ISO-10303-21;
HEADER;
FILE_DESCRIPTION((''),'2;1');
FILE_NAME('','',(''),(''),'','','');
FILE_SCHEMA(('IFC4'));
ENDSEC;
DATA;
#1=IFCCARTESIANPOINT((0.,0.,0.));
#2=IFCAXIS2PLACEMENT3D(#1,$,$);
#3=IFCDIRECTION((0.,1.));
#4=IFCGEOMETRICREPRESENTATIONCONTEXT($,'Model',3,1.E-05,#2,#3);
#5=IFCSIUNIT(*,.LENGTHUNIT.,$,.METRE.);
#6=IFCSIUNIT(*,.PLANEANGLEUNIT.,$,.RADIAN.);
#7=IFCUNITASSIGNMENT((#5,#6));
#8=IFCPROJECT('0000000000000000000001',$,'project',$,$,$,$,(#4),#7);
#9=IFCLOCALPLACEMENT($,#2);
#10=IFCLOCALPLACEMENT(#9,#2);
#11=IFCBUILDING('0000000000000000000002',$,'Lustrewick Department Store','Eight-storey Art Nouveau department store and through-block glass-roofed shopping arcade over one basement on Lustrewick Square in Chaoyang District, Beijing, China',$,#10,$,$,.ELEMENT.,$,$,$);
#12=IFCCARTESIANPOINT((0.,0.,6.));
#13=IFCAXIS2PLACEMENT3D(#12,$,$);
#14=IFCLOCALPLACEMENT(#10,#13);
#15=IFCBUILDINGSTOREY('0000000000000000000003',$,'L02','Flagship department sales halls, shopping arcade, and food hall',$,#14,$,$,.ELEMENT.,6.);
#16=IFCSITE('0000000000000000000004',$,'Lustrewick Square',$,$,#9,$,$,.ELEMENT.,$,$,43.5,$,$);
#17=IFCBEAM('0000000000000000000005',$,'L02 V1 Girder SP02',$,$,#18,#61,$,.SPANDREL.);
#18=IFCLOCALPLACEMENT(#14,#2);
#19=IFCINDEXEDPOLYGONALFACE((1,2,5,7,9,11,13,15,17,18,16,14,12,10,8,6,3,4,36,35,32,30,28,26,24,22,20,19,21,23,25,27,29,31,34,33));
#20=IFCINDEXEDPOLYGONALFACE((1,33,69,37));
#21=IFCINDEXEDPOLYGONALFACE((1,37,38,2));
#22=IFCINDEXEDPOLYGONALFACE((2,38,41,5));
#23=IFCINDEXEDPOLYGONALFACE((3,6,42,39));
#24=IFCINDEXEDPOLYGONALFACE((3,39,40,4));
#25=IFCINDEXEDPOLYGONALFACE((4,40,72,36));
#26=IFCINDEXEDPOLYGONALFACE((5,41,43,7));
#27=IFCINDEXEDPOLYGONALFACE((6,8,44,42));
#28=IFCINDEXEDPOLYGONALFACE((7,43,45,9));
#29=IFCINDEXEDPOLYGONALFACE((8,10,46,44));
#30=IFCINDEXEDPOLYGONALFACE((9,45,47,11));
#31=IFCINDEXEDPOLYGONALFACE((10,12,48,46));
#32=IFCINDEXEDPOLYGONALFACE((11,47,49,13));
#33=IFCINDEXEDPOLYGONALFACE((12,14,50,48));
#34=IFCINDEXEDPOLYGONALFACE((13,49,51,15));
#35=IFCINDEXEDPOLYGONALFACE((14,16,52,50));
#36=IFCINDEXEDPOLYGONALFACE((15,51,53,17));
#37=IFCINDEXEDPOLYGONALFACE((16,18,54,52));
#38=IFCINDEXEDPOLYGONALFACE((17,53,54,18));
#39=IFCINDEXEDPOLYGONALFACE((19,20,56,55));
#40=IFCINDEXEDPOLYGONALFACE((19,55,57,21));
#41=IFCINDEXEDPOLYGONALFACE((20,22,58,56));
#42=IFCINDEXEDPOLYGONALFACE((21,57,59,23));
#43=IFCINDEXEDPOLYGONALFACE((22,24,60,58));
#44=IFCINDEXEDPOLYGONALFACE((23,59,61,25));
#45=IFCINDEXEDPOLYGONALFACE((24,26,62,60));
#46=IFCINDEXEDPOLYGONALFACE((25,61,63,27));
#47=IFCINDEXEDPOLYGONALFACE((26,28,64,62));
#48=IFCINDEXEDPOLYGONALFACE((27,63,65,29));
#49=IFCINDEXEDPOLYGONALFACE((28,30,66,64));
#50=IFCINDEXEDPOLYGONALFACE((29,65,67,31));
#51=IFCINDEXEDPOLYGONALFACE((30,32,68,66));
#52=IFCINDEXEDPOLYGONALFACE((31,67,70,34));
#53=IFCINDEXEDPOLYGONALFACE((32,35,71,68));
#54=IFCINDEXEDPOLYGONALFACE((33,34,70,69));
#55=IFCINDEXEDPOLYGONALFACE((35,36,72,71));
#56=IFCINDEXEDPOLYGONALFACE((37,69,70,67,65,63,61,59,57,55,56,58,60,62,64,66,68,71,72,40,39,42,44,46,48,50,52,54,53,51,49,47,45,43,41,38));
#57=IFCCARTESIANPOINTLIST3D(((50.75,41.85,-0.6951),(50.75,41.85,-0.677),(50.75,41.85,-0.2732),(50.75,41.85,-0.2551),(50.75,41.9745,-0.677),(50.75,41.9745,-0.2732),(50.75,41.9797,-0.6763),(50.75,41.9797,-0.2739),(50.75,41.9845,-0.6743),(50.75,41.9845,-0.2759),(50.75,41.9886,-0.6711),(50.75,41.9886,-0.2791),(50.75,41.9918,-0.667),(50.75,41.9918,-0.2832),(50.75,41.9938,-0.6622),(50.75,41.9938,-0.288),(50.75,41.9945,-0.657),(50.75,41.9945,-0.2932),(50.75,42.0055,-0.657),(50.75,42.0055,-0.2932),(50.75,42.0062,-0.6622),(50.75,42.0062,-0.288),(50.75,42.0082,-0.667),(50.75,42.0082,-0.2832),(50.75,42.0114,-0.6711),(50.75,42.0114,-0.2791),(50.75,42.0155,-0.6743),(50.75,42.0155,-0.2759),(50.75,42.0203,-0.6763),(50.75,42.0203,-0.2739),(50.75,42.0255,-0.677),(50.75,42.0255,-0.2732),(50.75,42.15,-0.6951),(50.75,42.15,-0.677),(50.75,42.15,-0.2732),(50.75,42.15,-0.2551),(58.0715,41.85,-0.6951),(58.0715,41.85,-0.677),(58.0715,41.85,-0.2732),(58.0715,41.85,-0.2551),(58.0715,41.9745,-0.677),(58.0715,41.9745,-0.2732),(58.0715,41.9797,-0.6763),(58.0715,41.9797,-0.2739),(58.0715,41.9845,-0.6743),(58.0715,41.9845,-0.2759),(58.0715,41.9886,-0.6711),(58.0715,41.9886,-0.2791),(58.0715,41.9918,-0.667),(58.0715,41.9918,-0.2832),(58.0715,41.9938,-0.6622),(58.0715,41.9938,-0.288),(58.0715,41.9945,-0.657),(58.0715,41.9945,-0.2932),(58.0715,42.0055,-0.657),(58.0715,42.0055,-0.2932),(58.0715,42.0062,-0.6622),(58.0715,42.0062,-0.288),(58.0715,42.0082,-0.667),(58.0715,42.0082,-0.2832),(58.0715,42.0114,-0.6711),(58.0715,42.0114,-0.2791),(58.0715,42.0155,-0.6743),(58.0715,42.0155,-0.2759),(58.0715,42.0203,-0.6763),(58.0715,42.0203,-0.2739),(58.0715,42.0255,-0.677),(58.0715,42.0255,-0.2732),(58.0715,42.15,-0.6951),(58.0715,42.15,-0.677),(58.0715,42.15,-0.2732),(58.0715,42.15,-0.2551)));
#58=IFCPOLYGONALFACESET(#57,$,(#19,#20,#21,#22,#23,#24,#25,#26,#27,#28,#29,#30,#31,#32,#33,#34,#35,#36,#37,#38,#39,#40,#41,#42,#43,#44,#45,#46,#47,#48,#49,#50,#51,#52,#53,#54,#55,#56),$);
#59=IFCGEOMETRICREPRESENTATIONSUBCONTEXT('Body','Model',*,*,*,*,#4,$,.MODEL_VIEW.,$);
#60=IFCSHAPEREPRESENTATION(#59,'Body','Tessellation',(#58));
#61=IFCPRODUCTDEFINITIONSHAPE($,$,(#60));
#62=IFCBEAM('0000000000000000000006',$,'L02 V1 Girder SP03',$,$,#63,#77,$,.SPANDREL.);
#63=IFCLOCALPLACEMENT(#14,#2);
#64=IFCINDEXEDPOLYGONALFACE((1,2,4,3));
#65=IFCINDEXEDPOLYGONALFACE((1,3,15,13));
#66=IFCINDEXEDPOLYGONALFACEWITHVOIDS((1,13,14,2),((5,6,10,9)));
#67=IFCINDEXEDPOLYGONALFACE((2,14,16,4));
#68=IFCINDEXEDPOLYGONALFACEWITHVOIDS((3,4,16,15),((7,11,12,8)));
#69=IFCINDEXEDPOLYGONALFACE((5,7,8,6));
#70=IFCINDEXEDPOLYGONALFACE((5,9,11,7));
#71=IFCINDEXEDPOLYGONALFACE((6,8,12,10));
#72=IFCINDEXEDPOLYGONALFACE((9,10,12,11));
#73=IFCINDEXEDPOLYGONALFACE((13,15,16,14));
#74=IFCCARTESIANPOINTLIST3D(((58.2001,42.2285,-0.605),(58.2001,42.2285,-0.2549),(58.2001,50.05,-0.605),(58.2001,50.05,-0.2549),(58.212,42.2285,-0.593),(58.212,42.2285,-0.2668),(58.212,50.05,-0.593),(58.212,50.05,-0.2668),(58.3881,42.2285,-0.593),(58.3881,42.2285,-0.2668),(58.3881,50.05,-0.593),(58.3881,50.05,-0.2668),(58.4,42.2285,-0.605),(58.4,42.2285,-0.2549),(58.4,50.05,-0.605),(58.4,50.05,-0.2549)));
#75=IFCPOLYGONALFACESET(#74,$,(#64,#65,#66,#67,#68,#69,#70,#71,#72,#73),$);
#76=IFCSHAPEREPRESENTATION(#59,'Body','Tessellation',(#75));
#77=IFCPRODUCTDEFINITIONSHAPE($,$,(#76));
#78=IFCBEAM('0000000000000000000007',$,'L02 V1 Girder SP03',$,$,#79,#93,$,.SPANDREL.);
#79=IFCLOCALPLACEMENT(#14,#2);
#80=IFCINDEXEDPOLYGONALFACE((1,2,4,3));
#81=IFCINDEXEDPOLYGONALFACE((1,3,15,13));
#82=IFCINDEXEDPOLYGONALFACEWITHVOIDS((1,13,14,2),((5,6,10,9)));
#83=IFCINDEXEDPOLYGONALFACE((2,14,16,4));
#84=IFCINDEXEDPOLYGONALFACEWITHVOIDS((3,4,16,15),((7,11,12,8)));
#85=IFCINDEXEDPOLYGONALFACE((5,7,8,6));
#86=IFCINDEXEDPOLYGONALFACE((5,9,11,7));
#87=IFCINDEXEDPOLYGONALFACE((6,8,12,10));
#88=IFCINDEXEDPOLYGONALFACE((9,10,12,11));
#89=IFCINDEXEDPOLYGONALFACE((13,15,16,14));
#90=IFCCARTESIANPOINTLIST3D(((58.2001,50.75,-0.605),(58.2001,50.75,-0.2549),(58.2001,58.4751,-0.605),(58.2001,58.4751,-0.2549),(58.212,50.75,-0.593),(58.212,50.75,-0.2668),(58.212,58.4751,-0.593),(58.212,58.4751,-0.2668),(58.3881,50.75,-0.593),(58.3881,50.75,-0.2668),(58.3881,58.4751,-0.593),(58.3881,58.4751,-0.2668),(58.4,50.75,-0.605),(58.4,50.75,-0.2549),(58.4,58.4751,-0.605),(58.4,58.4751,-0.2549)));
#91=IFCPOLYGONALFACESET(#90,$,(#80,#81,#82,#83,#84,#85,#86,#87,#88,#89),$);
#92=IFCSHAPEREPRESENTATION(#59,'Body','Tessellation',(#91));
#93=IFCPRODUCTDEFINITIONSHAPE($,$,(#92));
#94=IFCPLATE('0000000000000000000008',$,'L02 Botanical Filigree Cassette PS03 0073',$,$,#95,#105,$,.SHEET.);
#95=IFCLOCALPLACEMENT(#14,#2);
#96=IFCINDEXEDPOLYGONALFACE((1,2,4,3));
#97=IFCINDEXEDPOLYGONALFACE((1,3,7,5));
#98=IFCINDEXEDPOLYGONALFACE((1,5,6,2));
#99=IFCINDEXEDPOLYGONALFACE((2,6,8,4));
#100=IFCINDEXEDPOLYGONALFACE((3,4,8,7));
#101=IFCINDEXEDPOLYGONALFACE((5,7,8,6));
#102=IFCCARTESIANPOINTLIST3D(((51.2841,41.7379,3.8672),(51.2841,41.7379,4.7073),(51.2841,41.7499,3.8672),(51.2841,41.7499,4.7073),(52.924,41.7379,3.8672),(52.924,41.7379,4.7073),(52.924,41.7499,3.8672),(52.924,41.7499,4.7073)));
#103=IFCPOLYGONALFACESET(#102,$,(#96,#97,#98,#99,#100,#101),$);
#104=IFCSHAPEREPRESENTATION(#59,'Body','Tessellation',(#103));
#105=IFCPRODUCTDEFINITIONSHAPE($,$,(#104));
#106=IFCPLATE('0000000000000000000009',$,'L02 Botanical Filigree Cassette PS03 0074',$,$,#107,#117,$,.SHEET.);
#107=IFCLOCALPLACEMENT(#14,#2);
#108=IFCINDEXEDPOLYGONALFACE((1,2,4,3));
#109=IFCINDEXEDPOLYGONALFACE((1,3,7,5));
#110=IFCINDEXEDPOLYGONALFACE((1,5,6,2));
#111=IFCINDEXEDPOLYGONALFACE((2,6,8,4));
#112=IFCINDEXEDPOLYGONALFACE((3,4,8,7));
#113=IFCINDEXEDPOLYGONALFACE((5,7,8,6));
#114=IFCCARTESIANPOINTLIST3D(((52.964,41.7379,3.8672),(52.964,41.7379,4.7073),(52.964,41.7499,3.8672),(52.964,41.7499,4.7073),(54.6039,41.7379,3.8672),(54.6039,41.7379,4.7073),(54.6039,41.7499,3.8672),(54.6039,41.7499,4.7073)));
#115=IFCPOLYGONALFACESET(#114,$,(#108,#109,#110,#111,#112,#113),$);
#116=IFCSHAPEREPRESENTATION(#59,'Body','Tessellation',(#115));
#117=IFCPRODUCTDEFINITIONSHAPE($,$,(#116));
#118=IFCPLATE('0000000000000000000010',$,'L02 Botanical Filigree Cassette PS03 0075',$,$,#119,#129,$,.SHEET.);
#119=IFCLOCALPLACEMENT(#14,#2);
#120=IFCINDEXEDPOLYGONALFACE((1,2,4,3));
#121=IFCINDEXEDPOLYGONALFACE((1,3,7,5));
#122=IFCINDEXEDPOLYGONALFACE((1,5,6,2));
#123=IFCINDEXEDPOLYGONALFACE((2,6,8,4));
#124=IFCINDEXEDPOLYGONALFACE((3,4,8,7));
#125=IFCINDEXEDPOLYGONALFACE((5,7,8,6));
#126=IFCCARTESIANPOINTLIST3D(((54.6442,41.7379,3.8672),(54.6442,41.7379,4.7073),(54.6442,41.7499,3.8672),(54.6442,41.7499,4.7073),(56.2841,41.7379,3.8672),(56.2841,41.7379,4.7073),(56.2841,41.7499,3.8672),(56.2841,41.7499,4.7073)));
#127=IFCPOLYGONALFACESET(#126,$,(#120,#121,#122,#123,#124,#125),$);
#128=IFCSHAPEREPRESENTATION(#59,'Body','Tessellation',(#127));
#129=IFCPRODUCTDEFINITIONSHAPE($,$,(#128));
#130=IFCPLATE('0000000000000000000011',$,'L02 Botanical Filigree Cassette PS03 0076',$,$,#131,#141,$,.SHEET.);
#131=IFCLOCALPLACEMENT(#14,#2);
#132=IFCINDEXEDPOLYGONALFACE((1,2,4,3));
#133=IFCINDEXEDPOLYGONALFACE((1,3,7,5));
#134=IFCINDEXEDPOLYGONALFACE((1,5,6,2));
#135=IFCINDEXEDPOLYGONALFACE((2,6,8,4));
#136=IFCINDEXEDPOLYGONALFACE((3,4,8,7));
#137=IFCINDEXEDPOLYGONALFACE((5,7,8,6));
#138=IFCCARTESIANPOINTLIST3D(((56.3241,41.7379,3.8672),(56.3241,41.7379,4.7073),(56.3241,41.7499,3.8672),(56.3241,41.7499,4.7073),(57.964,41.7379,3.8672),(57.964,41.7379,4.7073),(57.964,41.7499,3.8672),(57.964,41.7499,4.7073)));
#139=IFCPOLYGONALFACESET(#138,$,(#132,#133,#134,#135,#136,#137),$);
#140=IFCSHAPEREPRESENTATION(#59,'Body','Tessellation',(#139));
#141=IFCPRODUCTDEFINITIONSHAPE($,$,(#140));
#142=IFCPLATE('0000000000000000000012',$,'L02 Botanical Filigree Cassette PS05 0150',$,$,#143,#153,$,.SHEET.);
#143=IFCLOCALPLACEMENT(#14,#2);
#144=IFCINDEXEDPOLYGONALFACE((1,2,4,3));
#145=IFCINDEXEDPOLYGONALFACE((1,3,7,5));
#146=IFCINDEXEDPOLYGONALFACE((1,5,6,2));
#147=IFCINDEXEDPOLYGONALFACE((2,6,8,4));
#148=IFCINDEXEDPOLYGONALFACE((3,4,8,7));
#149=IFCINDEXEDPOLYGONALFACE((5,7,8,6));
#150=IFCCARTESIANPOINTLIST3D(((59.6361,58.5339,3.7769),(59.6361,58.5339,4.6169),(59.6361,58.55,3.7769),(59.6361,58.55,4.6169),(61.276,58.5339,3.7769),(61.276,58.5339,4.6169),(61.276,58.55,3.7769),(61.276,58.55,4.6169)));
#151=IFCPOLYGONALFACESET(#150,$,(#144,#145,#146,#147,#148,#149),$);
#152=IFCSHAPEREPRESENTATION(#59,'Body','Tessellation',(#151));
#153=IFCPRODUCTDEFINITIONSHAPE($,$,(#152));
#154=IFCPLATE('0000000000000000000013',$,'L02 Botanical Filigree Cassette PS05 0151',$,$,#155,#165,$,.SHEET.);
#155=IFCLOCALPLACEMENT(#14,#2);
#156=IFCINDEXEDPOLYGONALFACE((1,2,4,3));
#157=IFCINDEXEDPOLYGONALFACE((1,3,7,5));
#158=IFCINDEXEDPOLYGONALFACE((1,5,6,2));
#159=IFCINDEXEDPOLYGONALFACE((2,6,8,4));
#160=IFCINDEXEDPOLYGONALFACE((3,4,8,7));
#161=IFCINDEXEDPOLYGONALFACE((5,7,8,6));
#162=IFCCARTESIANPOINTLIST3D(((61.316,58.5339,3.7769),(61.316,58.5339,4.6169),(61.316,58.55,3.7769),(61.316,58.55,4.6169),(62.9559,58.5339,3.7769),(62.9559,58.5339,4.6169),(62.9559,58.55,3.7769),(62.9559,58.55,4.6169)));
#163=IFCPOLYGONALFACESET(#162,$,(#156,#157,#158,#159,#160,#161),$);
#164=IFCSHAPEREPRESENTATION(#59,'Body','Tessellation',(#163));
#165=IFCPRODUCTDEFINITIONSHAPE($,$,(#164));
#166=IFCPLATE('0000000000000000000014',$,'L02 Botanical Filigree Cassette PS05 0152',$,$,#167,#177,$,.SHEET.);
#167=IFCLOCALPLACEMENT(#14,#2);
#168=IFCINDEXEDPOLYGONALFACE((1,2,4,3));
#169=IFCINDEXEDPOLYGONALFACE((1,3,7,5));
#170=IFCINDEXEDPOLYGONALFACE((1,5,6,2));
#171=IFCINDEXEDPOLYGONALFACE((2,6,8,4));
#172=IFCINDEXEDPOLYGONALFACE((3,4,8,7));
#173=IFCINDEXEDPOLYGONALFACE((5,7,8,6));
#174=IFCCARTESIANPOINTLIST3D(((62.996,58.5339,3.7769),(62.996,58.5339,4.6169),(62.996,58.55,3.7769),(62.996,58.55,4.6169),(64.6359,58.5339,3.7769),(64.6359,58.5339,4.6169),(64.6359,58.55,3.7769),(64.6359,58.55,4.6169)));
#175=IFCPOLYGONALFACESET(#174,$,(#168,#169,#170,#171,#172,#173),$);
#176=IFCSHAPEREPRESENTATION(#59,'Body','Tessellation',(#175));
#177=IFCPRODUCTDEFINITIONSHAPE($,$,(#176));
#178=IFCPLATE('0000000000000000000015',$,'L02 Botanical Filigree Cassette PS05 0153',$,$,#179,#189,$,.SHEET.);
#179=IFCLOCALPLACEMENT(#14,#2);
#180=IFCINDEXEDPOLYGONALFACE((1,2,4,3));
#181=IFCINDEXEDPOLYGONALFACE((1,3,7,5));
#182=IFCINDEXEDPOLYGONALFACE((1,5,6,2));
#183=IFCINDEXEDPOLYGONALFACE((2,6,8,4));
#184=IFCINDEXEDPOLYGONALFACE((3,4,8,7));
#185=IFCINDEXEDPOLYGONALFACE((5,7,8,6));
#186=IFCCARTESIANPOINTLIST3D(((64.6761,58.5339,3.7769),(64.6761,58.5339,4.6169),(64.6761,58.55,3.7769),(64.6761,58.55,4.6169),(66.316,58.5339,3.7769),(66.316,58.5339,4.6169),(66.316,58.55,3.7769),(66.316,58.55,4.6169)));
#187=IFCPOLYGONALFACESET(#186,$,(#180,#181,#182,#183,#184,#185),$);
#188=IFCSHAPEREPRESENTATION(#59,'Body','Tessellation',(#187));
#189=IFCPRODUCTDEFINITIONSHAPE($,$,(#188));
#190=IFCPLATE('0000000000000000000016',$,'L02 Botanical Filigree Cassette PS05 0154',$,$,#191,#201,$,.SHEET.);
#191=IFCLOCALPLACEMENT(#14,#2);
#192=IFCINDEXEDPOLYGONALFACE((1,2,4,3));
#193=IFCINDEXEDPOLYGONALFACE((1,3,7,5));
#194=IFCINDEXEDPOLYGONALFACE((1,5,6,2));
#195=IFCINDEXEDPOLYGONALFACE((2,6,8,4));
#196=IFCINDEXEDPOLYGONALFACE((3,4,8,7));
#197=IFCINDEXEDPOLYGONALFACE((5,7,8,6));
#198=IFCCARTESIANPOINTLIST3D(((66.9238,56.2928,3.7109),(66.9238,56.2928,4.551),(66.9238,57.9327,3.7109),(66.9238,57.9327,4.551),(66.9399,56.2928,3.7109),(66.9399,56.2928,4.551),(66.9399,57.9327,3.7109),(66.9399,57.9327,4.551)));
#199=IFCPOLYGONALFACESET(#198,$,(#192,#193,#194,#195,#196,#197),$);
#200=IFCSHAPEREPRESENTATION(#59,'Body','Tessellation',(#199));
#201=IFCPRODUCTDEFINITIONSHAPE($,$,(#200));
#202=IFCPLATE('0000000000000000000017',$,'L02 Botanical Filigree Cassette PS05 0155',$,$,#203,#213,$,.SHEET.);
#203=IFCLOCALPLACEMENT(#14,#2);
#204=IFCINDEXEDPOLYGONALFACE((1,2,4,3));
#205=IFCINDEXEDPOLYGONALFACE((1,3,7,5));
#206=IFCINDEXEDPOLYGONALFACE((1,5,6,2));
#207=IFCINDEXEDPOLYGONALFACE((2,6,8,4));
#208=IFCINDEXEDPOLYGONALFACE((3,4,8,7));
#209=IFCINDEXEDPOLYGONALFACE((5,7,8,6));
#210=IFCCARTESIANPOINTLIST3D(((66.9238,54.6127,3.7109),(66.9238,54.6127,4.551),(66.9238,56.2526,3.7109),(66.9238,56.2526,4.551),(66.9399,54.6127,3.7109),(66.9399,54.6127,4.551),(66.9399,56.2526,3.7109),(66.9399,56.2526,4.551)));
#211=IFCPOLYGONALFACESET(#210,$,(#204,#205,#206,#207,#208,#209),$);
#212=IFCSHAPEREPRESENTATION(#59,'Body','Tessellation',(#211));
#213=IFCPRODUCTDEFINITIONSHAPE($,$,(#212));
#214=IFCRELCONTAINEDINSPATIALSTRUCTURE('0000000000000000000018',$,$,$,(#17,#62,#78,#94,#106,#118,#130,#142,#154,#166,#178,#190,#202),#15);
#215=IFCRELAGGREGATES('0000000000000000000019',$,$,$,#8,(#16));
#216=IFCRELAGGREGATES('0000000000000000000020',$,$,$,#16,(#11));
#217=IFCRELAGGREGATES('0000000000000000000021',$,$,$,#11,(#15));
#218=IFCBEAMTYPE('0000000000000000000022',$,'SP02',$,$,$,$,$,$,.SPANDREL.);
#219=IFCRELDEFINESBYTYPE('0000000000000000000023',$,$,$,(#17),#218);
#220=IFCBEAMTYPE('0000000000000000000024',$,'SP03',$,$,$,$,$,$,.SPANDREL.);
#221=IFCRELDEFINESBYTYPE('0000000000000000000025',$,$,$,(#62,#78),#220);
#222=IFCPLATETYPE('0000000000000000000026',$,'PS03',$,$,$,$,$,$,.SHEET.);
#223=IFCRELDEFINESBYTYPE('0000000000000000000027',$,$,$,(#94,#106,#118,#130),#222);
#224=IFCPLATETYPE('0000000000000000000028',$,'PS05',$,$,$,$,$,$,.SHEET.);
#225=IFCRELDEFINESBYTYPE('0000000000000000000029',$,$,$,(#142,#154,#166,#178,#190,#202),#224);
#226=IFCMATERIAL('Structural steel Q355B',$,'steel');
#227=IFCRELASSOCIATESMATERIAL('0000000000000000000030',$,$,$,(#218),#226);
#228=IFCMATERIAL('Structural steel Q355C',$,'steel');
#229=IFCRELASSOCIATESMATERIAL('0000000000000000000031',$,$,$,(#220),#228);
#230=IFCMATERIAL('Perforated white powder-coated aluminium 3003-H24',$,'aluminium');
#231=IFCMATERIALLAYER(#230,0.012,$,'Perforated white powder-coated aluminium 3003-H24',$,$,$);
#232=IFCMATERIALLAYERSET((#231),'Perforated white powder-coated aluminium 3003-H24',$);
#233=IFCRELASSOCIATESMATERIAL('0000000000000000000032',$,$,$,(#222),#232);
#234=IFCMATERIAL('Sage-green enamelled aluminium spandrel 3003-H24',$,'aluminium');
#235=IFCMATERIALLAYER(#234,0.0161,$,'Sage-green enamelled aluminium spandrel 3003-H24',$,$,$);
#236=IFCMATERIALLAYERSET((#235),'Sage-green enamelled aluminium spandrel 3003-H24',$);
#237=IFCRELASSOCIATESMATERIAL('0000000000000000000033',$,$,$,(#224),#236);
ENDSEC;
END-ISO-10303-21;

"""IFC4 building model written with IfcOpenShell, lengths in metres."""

from ifc_helpers import new_model, si_unit, direction, frame, origin, origin_2d, place, context, subcontext, project, spatial, rectangle, hollow_rectangle, i_section, extrude, material, layer, layer_set, material_profile, profile_set, type_object, element, save


model = new_model("IFC4")

# Units and contexts
model_context = context("Model", 3, precision=1e-05, world=origin(), true_north=direction((0.0, 1.0)))
body_context = subcontext(model_context, "Body", "Model", "MODEL_VIEW")
ifc_project = project(units=[si_unit("LENGTHUNIT", "METRE"), si_unit("PLANEANGLEUNIT", "RADIAN")], contexts=[model_context])

# Site, building, storey
site_placement = place(None, origin())
site = spatial("IfcSite", under=ifc_project, at=site_placement, Name="Lustrewick Square", CompositionType="ELEMENT", RefElevation=43.5)
building_placement = place(site_placement, origin())
building = spatial("IfcBuilding", under=site, at=building_placement, Name="Lustrewick Department Store", Description="Eight-storey Art Nouveau department store and through-block glass-roofed shopping arcade over one basement on Lustrewick Square in Chaoyang District, Beijing, China", CompositionType="ELEMENT")
storey_placement = place(building_placement, frame((0.0, 0.0, 6.0)))
storey = spatial("IfcBuildingStorey", under=building, at=storey_placement, Name="L02", Description="Flagship department sales halls, shopping arcade, and food hall", CompositionType="ELEMENT", Elevation=6.0)

# Shared definitions
ifc_material_1 = material(Name="Structural steel Q355C", Category="steel")
ifc_material_2 = material(Name="Structural steel Q355B", Category="steel")

# Beams
ifc_material_profile_1 = material_profile(ifc_material_2, i_section(OverallWidth=0.3, OverallDepth=0.4399, WebThickness=0.011, FlangeThickness=0.0181, FilletRadius=0.02, at=origin_2d()), Name="HM 440x300x11x18")
ifc_profile_set_1 = profile_set([ifc_material_profile_1], Name="Structural steel Q355B")
beam_type_1 = type_object("IfcBeamType", Name="SP02", PredefinedType="SPANDREL", material=ifc_profile_set_1)
beam_1_placement = place(storey_placement, frame((50.75, 42.0, -0.4751), z_axis=(1.0, 0.0, 0.0), x_axis=(0.0, 1.0, 0.0)))
element("IfcBeam", 1, at=beam_1_placement, inside=storey, type_object=beam_type_1, Name="L02 V1 Girder SP02", PredefinedType="SPANDREL", context=body_context, shape_type="SweptSolid", body=[
    extrude(i_section(OverallWidth=0.3, OverallDepth=0.4399, WebThickness=0.011, FlangeThickness=0.0181, FilletRadius=0.02, at=origin_2d()), origin(), (0.0, 0.0, 1.0), 7.3215),
])
ifc_material_profile_2 = material_profile(ifc_material_1, hollow_rectangle(XDim=0.2, YDim=0.3501, WallThickness=0.012, at=origin_2d()), Name="RHS 350x200x12")
ifc_profile_set_2 = profile_set([ifc_material_profile_2], Name="Structural steel Q355C")
beam_type_2 = type_object("IfcBeamType", Name="SP03", PredefinedType="SPANDREL", material=ifc_profile_set_2)
beam_2_placement = place(storey_placement, frame((58.3, 42.2285, -0.4299), z_axis=(0.0, 1.0, 0.0), x_axis=(-1.0, 0.0, 0.0)))
element("IfcBeam", 2, at=beam_2_placement, inside=storey, type_object=beam_type_2, Name="L02 V1 Girder SP03", PredefinedType="SPANDREL", context=body_context, shape_type="SweptSolid", body=[
    extrude(hollow_rectangle(XDim=0.2, YDim=0.3501, WallThickness=0.012, at=origin_2d()), origin(), (0.0, 0.0, 1.0), 7.8215),
])
beam_3_placement = place(storey_placement, frame((58.3, 50.75, -0.4299), z_axis=(0.0, 1.0, 0.0), x_axis=(-1.0, 0.0, 0.0)))
element("IfcBeam", 3, at=beam_3_placement, inside=storey, type_object=beam_type_2, Name="L02 V1 Girder SP03", PredefinedType="SPANDREL", context=body_context, shape_type="SweptSolid", body=[
    extrude(hollow_rectangle(XDim=0.2, YDim=0.3501, WallThickness=0.012, at=origin_2d()), origin(), (0.0, 0.0, 1.0), 7.7251),
])

# Plates
ifc_material_3 = material(Name="Perforated white powder-coated aluminium 3003-H24", Category="aluminium")
ifc_layer_1 = layer(ifc_material_3, 0.012, Name="Perforated white powder-coated aluminium 3003-H24")
ifc_layer_set_1 = layer_set([ifc_layer_1], Name="Perforated white powder-coated aluminium 3003-H24")
plate_type_1 = type_object("IfcPlateType", Name="PS03", PredefinedType="SHEET", material=ifc_layer_set_1)
for number, where, z_axis, x_axis, name in (
    (4, (52.104, 41.7439, 3.8672), (0.0, 0.0, 1.0), (1.0, 0.0, 0.0), "L02 Botanical Filigree Cassette PS03 0073"),
    (5, (53.7839, 41.7439, 3.8672), (0.0, 0.0, 1.0), (1.0, 0.0, 0.0), "L02 Botanical Filigree Cassette PS03 0074"),
    (6, (55.4641, 41.7439, 3.8672), (0.0, 0.0, 1.0), (1.0, 0.0, 0.0), "L02 Botanical Filigree Cassette PS03 0075"),
    (7, (57.144, 41.7439, 3.8672), (0.0, 0.0, 1.0), (1.0, 0.0, 0.0), "L02 Botanical Filigree Cassette PS03 0076"),
):
    element("IfcPlate", number, at=place(storey_placement, frame(where, z_axis=z_axis, x_axis=x_axis)), inside=storey, type_object=plate_type_1, Name=name, PredefinedType="SHEET", context=body_context, shape_type="SweptSolid", body=[
        extrude(rectangle(XDim=1.6399, YDim=0.012, at=origin_2d()), origin(), (0.0, 0.0, 1.0), 0.8401),
    ])
ifc_material_4 = material(Name="Sage-green enamelled aluminium spandrel 3003-H24", Category="aluminium")
ifc_layer_2 = layer(ifc_material_4, 0.0161, Name="Sage-green enamelled aluminium spandrel 3003-H24")
ifc_layer_set_2 = layer_set([ifc_layer_2], Name="Sage-green enamelled aluminium spandrel 3003-H24")
plate_type_2 = type_object("IfcPlateType", Name="PS05", PredefinedType="SHEET", material=ifc_layer_set_2)
for number, where, z_axis, x_axis, name in (
    (8, (60.4561, 58.542, 3.7769), (0.0, 0.0, 1.0), (1.0, 0.0, 0.0), "L02 Botanical Filigree Cassette PS05 0150"),
    (9, (62.136, 58.542, 3.7769), (0.0, 0.0, 1.0), (1.0, 0.0, 0.0), "L02 Botanical Filigree Cassette PS05 0151"),
    (10, (63.8159, 58.542, 3.7769), (0.0, 0.0, 1.0), (1.0, 0.0, 0.0), "L02 Botanical Filigree Cassette PS05 0152"),
    (11, (65.4961, 58.542, 3.7769), (0.0, 0.0, 1.0), (1.0, 0.0, 0.0), "L02 Botanical Filigree Cassette PS05 0153"),
    (12, (66.9319, 57.1128, 3.7109), (0.0, 0.0, 1.0), (0.0, -1.0, 0.0), "L02 Botanical Filigree Cassette PS05 0154"),
    (13, (66.9319, 55.4326, 3.7109), (0.0, 0.0, 1.0), (0.0, -1.0, 0.0), "L02 Botanical Filigree Cassette PS05 0155"),
):
    element("IfcPlate", number, at=place(storey_placement, frame(where, z_axis=z_axis, x_axis=x_axis)), inside=storey, type_object=plate_type_2, Name=name, PredefinedType="SHEET", context=body_context, shape_type="SweptSolid", body=[
        extrude(rectangle(XDim=1.6399, YDim=0.0161, at=origin_2d()), origin(), (0.0, 0.0, 1.0), 0.8401),
    ])

save(model, "model.ifc")
